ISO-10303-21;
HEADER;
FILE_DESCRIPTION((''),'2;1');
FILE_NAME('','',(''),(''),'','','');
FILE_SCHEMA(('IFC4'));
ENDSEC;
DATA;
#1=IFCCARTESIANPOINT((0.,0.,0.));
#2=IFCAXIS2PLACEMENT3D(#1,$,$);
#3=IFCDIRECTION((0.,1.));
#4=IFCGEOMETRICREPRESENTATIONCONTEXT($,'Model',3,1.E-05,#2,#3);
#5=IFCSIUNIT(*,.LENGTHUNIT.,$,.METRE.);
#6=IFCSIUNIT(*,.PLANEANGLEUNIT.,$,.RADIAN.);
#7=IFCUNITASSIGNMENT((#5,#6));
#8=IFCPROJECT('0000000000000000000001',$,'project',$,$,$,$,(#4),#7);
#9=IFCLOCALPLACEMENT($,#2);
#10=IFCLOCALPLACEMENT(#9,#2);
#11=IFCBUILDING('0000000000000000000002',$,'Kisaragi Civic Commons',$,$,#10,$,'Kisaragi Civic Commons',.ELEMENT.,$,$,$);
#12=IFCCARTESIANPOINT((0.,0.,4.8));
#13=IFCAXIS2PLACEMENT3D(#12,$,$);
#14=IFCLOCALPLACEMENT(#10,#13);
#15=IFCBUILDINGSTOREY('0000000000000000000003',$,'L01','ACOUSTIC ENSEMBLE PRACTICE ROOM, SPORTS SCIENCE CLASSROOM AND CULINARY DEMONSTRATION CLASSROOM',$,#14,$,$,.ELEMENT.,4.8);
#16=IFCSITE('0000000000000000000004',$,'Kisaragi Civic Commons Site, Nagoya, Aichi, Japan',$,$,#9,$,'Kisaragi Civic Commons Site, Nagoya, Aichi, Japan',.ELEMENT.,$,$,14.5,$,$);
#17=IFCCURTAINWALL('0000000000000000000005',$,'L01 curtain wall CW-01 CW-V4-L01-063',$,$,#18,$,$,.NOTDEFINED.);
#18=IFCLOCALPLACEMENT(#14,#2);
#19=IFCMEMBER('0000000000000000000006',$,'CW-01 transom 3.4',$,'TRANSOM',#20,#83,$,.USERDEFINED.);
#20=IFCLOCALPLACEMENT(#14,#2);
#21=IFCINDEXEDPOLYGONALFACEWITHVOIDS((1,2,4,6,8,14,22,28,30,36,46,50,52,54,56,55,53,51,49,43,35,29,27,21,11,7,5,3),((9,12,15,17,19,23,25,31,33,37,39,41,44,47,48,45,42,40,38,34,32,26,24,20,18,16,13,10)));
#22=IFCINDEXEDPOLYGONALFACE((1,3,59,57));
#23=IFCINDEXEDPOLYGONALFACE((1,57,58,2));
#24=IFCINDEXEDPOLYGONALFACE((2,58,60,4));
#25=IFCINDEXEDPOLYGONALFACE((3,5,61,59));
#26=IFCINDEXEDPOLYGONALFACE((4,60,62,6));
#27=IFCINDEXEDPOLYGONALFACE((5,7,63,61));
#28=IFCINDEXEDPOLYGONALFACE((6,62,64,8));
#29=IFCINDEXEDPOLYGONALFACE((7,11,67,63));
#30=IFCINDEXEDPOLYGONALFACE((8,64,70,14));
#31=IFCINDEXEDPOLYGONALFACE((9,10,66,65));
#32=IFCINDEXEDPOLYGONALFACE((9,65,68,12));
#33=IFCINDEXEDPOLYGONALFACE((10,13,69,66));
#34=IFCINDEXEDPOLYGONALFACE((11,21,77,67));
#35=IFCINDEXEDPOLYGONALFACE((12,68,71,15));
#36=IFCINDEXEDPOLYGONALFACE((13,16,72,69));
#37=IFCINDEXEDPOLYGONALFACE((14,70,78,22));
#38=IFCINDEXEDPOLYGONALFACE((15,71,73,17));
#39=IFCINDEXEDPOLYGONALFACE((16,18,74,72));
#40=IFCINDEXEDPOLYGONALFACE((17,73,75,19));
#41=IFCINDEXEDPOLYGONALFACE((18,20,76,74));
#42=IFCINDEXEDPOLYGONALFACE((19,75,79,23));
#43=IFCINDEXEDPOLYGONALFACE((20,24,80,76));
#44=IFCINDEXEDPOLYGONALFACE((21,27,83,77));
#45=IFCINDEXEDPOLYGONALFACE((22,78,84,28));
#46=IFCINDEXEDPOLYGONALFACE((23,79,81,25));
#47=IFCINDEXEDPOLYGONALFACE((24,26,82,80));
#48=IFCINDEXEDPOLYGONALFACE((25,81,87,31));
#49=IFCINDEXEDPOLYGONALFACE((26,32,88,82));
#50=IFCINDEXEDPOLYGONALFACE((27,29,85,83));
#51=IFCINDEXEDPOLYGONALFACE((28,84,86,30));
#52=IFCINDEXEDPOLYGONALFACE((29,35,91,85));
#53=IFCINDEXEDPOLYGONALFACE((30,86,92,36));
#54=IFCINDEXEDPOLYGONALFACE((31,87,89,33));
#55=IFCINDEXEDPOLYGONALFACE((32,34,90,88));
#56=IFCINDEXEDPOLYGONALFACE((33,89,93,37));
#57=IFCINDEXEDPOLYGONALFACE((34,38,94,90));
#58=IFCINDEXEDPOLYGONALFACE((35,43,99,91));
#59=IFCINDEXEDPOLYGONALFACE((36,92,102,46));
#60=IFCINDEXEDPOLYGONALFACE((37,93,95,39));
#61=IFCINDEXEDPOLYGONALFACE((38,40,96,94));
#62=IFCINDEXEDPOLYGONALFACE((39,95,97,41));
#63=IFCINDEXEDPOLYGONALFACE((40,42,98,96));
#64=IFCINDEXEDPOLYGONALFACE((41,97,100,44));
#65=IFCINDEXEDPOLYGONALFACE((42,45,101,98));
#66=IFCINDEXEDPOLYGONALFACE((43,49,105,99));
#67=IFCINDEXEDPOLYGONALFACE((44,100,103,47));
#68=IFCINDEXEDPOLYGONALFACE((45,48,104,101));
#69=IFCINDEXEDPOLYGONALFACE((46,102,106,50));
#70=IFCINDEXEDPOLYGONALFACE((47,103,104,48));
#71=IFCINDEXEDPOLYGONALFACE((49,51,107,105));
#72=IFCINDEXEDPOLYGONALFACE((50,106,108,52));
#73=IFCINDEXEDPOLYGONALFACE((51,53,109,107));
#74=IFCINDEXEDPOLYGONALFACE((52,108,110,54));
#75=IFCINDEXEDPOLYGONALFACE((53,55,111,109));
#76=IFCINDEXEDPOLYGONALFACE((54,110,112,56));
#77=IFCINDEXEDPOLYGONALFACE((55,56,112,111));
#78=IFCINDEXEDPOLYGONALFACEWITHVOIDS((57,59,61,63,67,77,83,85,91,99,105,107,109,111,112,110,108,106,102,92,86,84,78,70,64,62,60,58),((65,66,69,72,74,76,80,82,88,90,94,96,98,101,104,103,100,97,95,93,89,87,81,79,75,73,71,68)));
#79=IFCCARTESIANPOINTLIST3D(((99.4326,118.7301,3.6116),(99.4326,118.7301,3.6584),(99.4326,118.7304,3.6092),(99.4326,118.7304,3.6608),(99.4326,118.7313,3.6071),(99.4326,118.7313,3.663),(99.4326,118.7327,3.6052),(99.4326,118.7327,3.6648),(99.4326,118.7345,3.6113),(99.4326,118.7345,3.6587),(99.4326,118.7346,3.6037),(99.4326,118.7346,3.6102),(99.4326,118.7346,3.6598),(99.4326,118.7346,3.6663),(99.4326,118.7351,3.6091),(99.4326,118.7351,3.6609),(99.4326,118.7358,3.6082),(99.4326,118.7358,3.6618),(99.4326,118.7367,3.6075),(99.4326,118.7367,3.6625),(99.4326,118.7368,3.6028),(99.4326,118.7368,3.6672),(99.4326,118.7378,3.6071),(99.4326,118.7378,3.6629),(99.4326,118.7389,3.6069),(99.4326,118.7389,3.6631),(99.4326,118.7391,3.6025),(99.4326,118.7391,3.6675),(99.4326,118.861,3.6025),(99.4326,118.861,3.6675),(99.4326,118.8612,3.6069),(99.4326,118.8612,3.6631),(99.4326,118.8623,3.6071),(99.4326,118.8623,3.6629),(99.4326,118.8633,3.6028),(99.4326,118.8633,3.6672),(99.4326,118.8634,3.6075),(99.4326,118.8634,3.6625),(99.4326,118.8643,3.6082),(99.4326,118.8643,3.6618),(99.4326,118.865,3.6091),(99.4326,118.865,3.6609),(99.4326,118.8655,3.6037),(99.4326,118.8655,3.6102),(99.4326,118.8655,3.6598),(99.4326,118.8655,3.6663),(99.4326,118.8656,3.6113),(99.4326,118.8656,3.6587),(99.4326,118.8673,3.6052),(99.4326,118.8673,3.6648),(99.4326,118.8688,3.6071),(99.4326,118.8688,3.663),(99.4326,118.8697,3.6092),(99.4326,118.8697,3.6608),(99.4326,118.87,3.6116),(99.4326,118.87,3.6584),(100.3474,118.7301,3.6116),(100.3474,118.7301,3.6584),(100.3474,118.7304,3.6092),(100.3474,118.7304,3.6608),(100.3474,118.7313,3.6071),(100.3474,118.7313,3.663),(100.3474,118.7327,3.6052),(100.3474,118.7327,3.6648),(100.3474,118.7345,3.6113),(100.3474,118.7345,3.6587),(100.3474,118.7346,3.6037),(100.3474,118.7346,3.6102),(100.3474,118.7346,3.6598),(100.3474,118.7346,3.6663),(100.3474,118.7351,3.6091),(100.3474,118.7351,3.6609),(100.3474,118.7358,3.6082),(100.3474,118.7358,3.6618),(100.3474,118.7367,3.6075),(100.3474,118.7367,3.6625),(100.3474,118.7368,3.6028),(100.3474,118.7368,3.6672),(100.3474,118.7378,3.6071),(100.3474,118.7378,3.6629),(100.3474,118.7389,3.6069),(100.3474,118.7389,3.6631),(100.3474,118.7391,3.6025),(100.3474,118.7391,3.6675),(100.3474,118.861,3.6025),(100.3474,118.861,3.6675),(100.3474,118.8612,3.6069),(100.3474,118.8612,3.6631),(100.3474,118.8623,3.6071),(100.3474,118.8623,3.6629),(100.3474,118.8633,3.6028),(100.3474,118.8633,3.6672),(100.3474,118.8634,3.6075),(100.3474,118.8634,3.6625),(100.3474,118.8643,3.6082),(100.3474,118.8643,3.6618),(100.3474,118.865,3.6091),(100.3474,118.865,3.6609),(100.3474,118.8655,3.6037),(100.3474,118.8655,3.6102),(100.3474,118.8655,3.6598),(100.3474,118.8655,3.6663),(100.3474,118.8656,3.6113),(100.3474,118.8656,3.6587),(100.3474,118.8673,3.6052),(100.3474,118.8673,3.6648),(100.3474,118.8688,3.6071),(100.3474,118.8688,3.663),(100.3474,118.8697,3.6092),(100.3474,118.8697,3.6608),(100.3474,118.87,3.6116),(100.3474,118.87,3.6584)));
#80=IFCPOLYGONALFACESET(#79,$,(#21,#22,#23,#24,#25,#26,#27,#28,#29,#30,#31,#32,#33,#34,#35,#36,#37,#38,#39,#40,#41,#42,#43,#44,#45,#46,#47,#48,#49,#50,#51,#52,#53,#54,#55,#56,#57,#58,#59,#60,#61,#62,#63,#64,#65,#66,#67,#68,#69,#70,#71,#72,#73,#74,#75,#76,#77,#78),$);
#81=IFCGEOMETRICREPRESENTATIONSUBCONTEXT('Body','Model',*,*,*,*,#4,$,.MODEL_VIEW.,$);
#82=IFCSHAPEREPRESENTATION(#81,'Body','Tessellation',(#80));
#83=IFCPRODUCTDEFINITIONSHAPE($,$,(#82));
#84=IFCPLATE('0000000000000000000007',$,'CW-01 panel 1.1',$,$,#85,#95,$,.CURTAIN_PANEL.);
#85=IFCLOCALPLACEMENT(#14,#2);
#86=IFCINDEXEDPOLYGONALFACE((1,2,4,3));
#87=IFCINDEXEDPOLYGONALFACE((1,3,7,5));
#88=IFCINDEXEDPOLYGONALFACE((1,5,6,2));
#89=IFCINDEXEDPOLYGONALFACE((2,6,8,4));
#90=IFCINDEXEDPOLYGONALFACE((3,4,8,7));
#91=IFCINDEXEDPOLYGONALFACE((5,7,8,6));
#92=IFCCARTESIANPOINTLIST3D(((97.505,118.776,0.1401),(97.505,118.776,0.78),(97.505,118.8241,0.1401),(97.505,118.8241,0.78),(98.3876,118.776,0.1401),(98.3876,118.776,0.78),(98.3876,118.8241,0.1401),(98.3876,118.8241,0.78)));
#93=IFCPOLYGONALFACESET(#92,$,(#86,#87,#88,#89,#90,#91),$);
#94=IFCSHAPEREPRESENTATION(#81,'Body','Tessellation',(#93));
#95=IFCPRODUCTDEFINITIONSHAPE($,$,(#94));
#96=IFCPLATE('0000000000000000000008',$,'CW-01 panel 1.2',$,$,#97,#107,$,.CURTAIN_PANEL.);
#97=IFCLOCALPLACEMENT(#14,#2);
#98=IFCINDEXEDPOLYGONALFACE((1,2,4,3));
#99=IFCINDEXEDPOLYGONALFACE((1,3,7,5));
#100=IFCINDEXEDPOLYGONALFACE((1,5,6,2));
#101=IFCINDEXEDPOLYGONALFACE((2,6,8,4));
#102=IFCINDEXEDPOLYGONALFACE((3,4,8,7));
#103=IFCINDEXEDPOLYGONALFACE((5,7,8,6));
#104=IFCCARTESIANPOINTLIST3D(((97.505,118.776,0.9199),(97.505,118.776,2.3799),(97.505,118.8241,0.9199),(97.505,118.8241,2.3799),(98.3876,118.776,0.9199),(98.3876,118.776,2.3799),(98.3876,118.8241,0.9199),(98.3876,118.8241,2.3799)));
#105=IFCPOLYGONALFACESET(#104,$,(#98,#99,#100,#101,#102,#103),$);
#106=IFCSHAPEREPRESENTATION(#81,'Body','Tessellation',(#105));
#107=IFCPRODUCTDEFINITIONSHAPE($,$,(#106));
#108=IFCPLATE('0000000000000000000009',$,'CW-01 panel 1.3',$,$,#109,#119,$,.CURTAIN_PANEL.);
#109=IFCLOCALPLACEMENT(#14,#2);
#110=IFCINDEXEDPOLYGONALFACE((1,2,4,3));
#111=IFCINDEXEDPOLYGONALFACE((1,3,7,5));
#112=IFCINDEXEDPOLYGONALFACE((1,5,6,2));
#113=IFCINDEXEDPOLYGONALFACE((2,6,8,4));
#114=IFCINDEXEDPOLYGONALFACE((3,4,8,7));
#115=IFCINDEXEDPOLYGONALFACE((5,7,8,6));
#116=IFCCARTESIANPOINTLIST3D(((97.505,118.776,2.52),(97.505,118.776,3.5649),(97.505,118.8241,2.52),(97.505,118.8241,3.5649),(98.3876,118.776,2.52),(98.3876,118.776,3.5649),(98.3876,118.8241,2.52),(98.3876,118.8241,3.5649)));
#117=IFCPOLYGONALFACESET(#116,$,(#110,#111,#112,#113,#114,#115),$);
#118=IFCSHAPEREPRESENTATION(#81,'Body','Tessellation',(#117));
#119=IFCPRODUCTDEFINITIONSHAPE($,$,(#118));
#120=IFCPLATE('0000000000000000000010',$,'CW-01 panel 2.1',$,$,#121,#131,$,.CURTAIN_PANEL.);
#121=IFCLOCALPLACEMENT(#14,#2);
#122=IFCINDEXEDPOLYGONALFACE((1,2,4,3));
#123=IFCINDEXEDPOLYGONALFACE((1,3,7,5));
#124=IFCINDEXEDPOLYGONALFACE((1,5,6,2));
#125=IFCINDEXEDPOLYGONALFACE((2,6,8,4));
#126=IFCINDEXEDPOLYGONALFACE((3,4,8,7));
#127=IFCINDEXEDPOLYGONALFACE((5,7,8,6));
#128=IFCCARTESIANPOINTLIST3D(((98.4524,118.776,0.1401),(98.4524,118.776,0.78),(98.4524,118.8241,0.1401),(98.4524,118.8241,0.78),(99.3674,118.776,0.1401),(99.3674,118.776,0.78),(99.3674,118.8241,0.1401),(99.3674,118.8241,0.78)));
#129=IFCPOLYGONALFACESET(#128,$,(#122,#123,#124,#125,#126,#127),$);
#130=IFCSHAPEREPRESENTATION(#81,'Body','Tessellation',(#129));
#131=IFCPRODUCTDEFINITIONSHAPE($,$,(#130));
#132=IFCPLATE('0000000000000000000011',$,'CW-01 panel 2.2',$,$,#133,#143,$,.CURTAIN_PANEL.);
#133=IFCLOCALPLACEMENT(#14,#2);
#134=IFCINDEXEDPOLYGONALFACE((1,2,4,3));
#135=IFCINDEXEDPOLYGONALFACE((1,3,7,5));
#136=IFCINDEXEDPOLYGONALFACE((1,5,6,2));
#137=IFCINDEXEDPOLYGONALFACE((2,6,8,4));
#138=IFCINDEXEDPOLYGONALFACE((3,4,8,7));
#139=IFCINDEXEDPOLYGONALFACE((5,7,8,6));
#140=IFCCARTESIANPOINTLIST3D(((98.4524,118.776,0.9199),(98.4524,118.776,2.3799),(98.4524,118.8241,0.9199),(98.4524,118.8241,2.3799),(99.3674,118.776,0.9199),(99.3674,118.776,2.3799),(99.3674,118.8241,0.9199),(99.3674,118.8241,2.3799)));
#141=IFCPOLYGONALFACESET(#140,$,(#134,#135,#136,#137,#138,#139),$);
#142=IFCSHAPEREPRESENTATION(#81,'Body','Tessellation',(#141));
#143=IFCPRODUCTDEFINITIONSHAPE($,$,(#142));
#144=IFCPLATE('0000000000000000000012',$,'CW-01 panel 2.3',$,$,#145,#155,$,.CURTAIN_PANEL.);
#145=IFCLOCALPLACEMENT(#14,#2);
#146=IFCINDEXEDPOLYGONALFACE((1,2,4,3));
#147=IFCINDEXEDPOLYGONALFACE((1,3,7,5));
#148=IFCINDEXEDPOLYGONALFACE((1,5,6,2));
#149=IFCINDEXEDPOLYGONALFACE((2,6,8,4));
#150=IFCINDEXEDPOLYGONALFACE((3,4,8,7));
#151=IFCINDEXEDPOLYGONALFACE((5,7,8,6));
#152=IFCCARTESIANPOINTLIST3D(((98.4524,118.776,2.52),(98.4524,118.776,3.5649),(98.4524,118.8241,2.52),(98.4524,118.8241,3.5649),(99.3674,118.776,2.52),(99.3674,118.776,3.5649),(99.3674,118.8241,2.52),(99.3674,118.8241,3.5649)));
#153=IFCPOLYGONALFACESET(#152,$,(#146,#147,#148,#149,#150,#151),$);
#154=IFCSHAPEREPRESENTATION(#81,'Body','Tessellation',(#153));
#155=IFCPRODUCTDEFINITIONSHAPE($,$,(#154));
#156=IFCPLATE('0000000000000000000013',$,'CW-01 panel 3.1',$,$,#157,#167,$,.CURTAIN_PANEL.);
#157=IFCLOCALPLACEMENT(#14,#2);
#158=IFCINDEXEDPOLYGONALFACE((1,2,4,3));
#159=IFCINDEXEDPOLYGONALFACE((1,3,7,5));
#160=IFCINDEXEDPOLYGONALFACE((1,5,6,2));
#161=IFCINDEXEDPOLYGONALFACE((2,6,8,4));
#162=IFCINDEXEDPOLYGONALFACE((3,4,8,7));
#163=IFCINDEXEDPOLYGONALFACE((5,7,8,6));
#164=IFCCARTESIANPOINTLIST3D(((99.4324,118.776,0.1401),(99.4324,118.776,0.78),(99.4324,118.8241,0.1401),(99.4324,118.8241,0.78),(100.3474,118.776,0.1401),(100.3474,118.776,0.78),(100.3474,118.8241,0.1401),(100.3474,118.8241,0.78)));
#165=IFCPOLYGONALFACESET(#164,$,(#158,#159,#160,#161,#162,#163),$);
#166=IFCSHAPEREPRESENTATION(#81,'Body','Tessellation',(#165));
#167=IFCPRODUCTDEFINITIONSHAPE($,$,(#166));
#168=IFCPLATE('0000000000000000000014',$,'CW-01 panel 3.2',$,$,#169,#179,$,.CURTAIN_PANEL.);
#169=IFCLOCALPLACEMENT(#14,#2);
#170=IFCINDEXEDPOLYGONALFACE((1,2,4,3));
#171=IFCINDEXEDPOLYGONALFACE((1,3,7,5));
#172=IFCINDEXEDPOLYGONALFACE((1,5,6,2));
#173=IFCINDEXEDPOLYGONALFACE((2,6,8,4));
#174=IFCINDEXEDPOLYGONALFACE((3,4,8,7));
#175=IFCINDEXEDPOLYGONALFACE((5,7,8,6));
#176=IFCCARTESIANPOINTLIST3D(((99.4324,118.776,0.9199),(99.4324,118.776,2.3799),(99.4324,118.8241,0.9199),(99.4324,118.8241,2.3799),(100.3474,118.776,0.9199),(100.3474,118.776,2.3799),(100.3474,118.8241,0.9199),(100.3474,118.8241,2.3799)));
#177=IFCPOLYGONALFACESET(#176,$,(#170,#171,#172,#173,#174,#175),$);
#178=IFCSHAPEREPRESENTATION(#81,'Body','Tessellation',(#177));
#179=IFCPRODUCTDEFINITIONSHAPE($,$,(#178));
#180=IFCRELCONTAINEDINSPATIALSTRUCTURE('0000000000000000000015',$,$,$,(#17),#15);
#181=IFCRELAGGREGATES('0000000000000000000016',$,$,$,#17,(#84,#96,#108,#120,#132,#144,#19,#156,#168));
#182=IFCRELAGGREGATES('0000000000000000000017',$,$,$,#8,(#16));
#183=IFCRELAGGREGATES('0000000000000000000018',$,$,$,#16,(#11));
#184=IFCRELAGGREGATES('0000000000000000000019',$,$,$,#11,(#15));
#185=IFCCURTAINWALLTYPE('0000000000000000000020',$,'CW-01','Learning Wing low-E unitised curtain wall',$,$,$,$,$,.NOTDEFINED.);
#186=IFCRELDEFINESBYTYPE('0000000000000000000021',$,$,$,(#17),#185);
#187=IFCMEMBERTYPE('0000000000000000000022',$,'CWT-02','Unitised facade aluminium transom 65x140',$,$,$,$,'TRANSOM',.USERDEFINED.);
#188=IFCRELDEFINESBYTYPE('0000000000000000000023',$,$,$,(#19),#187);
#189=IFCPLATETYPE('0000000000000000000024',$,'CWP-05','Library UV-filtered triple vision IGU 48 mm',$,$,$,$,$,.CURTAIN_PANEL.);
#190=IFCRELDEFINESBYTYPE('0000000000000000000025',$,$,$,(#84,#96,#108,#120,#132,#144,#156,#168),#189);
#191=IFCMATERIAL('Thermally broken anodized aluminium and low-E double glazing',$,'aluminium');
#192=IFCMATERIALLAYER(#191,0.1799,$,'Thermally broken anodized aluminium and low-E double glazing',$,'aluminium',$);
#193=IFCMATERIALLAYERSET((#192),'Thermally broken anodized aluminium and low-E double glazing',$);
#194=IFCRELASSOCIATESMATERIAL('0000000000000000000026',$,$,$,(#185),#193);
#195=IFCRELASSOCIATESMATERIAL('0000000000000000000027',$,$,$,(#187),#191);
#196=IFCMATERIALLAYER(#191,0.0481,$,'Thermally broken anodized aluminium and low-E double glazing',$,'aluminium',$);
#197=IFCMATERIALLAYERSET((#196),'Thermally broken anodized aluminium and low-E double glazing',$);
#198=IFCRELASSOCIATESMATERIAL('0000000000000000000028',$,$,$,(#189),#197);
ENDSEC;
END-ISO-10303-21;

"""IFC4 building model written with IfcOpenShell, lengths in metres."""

from ifc_helpers import new_model, si_unit, direction, frame, origin, origin_2d, place, context, subcontext, project, spatial, rectangle, hollow_rectangle, extrude, material, layer, layer_set, material_profile, profile_set, type_object, element, aggregate, save


model = new_model("IFC4")

# Units and contexts
model_context = context("Model", 3, precision=1e-05, world=origin(), true_north=direction((0.0, 1.0)))
body_context = subcontext(model_context, "Body", "Model", "MODEL_VIEW")
ifc_project = project(units=[si_unit("LENGTHUNIT", "METRE"), si_unit("PLANEANGLEUNIT", "RADIAN")], contexts=[model_context])

# Site, building, storey
site_placement = place(None, origin())
site = spatial("IfcSite", under=ifc_project, at=site_placement, Name="Kisaragi Civic Commons Site, Nagoya, Aichi, Japan", LongName="Kisaragi Civic Commons Site, Nagoya, Aichi, Japan", CompositionType="ELEMENT", RefElevation=14.5)
building_placement = place(site_placement, origin())
building = spatial("IfcBuilding", under=site, at=building_placement, Name="Kisaragi Civic Commons", LongName="Kisaragi Civic Commons", CompositionType="ELEMENT")
storey_placement = place(building_placement, frame((0.0, 0.0, 4.8)))
storey = spatial("IfcBuildingStorey", under=building, at=storey_placement, Name="L01", Description="ACOUSTIC ENSEMBLE PRACTICE ROOM, SPORTS SCIENCE CLASSROOM AND CULINARY DEMONSTRATION CLASSROOM", CompositionType="ELEMENT", Elevation=4.8)

# Curtain wall, member, plates
ifc_material = material(Name="Thermally broken anodized aluminium and low-E double glazing", Category="aluminium")
ifc_layer_1 = layer(ifc_material, 0.1799, Name="Thermally broken anodized aluminium and low-E double glazing", Category="aluminium")
ifc_layer_set_1 = layer_set([ifc_layer_1], Name="Thermally broken anodized aluminium and low-E double glazing")
curtain_wall_type = type_object("IfcCurtainWallType", Name="CW-01", Description="Learning Wing low-E unitised curtain wall", PredefinedType="NOTDEFINED", material=ifc_layer_set_1)
curtain_wall_placement = place(storey_placement, origin())
curtain_wall = element("IfcCurtainWall", 1, at=curtain_wall_placement, inside=storey, type_object=curtain_wall_type, Name="L01 curtain wall CW-01 CW-V4-L01-063", PredefinedType="NOTDEFINED")
ifc_material_profile_1 = material_profile(ifc_material, hollow_rectangle(XDim=0.1399, YDim=0.0649, WallThickness=0.0044, InnerFilletRadius=0.0044, OuterFilletRadius=0.009, at=origin_2d()), Name="CWT-65x140x4.5", Category="aluminium")
ifc_profile_set_1 = profile_set([ifc_material_profile_1], Name="Thermally broken anodized aluminium and low-E double glazing")
member_type_1 = type_object("IfcMemberType", Name="CWT-02", Description="Unitised facade aluminium transom 65x140", ElementType="TRANSOM", PredefinedType="USERDEFINED", material=ifc_profile_set_1)
member_1_placement = place(storey_placement, frame((99.4326, 118.8, 3.635), z_axis=(1.0, 0.0, 0.0), x_axis=(0.0, 1.0, 0.0)))
member_1 = element("IfcMember", 2, at=member_1_placement, type_object=member_type_1, Name="CW-01 transom 3.4", ObjectType="TRANSOM", PredefinedType="USERDEFINED", context=body_context, shape_type="SweptSolid", body=[
    extrude(hollow_rectangle(XDim=0.1399, YDim=0.0649, WallThickness=0.0044, InnerFilletRadius=0.0044, OuterFilletRadius=0.009, at=origin_2d()), origin(), (0.0, 0.0, 1.0), 0.9148),
])
ifc_layer_2 = layer(ifc_material, 0.0481, Name="Thermally broken anodized aluminium and low-E double glazing", Category="aluminium")
ifc_layer_set_2 = layer_set([ifc_layer_2], Name="Thermally broken anodized aluminium and low-E double glazing")
plate_type = type_object("IfcPlateType", Name="CWP-05", Description="Library UV-filtered triple vision IGU 48 mm", PredefinedType="CURTAIN_PANEL", material=ifc_layer_set_2)
plate_1_placement = place(storey_placement, frame((97.9463, 118.8, 0.1401), z_axis=(0.0, 0.0, 1.0), x_axis=(1.0, 0.0, 0.0)))
plate_1 = element("IfcPlate", 3, at=plate_1_placement, type_object=plate_type, Name="CW-01 panel 1.1", PredefinedType="CURTAIN_PANEL", context=body_context, shape_type="SweptSolid", body=[
    extrude(rectangle(XDim=0.8826, YDim=0.0481, at=origin_2d()), origin(), (0.0, 0.0, 1.0), 0.6399),
])
plate_2_placement = place(storey_placement, frame((97.9463, 118.8, 0.9199), z_axis=(0.0, 0.0, 1.0), x_axis=(1.0, 0.0, 0.0)))
plate_2 = element("IfcPlate", 4, at=plate_2_placement, type_object=plate_type, Name="CW-01 panel 1.2", PredefinedType="CURTAIN_PANEL", context=body_context, shape_type="SweptSolid", body=[
    extrude(rectangle(XDim=0.8826, YDim=0.0481, at=origin_2d()), origin(), (0.0, 0.0, 1.0), 1.46),
])
plate_3_placement = place(storey_placement, frame((97.9463, 118.8, 2.52), z_axis=(0.0, 0.0, 1.0), x_axis=(1.0, 0.0, 0.0)))
plate_3 = element("IfcPlate", 5, at=plate_3_placement, type_object=plate_type, Name="CW-01 panel 1.3", PredefinedType="CURTAIN_PANEL", context=body_context, shape_type="SweptSolid", body=[
    extrude(rectangle(XDim=0.8826, YDim=0.0481, at=origin_2d()), origin(), (0.0, 0.0, 1.0), 1.0449),
])
plate_4_placement = place(storey_placement, frame((98.9099, 118.8, 0.1401), z_axis=(0.0, 0.0, 1.0), x_axis=(1.0, 0.0, 0.0)))
plate_4 = element("IfcPlate", 6, at=plate_4_placement, type_object=plate_type, Name="CW-01 panel 2.1", PredefinedType="CURTAIN_PANEL", context=body_context, shape_type="SweptSolid", body=[
    extrude(rectangle(XDim=0.915, YDim=0.0481, at=origin_2d()), origin(), (0.0, 0.0, 1.0), 0.6399),
])
plate_5_placement = place(storey_placement, frame((98.9099, 118.8, 0.9199), z_axis=(0.0, 0.0, 1.0), x_axis=(1.0, 0.0, 0.0)))
plate_5 = element("IfcPlate", 7, at=plate_5_placement, type_object=plate_type, Name="CW-01 panel 2.2", PredefinedType="CURTAIN_PANEL", context=body_context, shape_type="SweptSolid", body=[
    extrude(rectangle(XDim=0.915, YDim=0.0481, at=origin_2d()), origin(), (0.0, 0.0, 1.0), 1.46),
])
plate_6_placement = place(storey_placement, frame((98.9099, 118.8, 2.52), z_axis=(0.0, 0.0, 1.0), x_axis=(1.0, 0.0, 0.0)))
plate_6 = element("IfcPlate", 8, at=plate_6_placement, type_object=plate_type, Name="CW-01 panel 2.3", PredefinedType="CURTAIN_PANEL", context=body_context, shape_type="SweptSolid", body=[
    extrude(rectangle(XDim=0.915, YDim=0.0481, at=origin_2d()), origin(), (0.0, 0.0, 1.0), 1.0449),
])
plate_7_placement = place(storey_placement, frame((99.8899, 118.8, 0.1401), z_axis=(0.0, 0.0, 1.0), x_axis=(1.0, 0.0, 0.0)))
plate_7 = element("IfcPlate", 9, at=plate_7_placement, type_object=plate_type, Name="CW-01 panel 3.1", PredefinedType="CURTAIN_PANEL", context=body_context, shape_type="SweptSolid", body=[
    extrude(rectangle(XDim=0.915, YDim=0.0481, at=origin_2d()), origin(), (0.0, 0.0, 1.0), 0.6399),
])
plate_8_placement = place(storey_placement, frame((99.8899, 118.8, 0.9199), z_axis=(0.0, 0.0, 1.0), x_axis=(1.0, 0.0, 0.0)))
plate_8 = element("IfcPlate", 10, at=plate_8_placement, type_object=plate_type, Name="CW-01 panel 3.2", PredefinedType="CURTAIN_PANEL", context=body_context, shape_type="SweptSolid", body=[
    extrude(rectangle(XDim=0.915, YDim=0.0481, at=origin_2d()), origin(), (0.0, 0.0, 1.0), 1.46),
])
aggregate(curtain_wall, [plate_1, plate_2, plate_3, plate_4, plate_5, plate_6, member_1, plate_7, plate_8])

save(model, "model.ifc")
